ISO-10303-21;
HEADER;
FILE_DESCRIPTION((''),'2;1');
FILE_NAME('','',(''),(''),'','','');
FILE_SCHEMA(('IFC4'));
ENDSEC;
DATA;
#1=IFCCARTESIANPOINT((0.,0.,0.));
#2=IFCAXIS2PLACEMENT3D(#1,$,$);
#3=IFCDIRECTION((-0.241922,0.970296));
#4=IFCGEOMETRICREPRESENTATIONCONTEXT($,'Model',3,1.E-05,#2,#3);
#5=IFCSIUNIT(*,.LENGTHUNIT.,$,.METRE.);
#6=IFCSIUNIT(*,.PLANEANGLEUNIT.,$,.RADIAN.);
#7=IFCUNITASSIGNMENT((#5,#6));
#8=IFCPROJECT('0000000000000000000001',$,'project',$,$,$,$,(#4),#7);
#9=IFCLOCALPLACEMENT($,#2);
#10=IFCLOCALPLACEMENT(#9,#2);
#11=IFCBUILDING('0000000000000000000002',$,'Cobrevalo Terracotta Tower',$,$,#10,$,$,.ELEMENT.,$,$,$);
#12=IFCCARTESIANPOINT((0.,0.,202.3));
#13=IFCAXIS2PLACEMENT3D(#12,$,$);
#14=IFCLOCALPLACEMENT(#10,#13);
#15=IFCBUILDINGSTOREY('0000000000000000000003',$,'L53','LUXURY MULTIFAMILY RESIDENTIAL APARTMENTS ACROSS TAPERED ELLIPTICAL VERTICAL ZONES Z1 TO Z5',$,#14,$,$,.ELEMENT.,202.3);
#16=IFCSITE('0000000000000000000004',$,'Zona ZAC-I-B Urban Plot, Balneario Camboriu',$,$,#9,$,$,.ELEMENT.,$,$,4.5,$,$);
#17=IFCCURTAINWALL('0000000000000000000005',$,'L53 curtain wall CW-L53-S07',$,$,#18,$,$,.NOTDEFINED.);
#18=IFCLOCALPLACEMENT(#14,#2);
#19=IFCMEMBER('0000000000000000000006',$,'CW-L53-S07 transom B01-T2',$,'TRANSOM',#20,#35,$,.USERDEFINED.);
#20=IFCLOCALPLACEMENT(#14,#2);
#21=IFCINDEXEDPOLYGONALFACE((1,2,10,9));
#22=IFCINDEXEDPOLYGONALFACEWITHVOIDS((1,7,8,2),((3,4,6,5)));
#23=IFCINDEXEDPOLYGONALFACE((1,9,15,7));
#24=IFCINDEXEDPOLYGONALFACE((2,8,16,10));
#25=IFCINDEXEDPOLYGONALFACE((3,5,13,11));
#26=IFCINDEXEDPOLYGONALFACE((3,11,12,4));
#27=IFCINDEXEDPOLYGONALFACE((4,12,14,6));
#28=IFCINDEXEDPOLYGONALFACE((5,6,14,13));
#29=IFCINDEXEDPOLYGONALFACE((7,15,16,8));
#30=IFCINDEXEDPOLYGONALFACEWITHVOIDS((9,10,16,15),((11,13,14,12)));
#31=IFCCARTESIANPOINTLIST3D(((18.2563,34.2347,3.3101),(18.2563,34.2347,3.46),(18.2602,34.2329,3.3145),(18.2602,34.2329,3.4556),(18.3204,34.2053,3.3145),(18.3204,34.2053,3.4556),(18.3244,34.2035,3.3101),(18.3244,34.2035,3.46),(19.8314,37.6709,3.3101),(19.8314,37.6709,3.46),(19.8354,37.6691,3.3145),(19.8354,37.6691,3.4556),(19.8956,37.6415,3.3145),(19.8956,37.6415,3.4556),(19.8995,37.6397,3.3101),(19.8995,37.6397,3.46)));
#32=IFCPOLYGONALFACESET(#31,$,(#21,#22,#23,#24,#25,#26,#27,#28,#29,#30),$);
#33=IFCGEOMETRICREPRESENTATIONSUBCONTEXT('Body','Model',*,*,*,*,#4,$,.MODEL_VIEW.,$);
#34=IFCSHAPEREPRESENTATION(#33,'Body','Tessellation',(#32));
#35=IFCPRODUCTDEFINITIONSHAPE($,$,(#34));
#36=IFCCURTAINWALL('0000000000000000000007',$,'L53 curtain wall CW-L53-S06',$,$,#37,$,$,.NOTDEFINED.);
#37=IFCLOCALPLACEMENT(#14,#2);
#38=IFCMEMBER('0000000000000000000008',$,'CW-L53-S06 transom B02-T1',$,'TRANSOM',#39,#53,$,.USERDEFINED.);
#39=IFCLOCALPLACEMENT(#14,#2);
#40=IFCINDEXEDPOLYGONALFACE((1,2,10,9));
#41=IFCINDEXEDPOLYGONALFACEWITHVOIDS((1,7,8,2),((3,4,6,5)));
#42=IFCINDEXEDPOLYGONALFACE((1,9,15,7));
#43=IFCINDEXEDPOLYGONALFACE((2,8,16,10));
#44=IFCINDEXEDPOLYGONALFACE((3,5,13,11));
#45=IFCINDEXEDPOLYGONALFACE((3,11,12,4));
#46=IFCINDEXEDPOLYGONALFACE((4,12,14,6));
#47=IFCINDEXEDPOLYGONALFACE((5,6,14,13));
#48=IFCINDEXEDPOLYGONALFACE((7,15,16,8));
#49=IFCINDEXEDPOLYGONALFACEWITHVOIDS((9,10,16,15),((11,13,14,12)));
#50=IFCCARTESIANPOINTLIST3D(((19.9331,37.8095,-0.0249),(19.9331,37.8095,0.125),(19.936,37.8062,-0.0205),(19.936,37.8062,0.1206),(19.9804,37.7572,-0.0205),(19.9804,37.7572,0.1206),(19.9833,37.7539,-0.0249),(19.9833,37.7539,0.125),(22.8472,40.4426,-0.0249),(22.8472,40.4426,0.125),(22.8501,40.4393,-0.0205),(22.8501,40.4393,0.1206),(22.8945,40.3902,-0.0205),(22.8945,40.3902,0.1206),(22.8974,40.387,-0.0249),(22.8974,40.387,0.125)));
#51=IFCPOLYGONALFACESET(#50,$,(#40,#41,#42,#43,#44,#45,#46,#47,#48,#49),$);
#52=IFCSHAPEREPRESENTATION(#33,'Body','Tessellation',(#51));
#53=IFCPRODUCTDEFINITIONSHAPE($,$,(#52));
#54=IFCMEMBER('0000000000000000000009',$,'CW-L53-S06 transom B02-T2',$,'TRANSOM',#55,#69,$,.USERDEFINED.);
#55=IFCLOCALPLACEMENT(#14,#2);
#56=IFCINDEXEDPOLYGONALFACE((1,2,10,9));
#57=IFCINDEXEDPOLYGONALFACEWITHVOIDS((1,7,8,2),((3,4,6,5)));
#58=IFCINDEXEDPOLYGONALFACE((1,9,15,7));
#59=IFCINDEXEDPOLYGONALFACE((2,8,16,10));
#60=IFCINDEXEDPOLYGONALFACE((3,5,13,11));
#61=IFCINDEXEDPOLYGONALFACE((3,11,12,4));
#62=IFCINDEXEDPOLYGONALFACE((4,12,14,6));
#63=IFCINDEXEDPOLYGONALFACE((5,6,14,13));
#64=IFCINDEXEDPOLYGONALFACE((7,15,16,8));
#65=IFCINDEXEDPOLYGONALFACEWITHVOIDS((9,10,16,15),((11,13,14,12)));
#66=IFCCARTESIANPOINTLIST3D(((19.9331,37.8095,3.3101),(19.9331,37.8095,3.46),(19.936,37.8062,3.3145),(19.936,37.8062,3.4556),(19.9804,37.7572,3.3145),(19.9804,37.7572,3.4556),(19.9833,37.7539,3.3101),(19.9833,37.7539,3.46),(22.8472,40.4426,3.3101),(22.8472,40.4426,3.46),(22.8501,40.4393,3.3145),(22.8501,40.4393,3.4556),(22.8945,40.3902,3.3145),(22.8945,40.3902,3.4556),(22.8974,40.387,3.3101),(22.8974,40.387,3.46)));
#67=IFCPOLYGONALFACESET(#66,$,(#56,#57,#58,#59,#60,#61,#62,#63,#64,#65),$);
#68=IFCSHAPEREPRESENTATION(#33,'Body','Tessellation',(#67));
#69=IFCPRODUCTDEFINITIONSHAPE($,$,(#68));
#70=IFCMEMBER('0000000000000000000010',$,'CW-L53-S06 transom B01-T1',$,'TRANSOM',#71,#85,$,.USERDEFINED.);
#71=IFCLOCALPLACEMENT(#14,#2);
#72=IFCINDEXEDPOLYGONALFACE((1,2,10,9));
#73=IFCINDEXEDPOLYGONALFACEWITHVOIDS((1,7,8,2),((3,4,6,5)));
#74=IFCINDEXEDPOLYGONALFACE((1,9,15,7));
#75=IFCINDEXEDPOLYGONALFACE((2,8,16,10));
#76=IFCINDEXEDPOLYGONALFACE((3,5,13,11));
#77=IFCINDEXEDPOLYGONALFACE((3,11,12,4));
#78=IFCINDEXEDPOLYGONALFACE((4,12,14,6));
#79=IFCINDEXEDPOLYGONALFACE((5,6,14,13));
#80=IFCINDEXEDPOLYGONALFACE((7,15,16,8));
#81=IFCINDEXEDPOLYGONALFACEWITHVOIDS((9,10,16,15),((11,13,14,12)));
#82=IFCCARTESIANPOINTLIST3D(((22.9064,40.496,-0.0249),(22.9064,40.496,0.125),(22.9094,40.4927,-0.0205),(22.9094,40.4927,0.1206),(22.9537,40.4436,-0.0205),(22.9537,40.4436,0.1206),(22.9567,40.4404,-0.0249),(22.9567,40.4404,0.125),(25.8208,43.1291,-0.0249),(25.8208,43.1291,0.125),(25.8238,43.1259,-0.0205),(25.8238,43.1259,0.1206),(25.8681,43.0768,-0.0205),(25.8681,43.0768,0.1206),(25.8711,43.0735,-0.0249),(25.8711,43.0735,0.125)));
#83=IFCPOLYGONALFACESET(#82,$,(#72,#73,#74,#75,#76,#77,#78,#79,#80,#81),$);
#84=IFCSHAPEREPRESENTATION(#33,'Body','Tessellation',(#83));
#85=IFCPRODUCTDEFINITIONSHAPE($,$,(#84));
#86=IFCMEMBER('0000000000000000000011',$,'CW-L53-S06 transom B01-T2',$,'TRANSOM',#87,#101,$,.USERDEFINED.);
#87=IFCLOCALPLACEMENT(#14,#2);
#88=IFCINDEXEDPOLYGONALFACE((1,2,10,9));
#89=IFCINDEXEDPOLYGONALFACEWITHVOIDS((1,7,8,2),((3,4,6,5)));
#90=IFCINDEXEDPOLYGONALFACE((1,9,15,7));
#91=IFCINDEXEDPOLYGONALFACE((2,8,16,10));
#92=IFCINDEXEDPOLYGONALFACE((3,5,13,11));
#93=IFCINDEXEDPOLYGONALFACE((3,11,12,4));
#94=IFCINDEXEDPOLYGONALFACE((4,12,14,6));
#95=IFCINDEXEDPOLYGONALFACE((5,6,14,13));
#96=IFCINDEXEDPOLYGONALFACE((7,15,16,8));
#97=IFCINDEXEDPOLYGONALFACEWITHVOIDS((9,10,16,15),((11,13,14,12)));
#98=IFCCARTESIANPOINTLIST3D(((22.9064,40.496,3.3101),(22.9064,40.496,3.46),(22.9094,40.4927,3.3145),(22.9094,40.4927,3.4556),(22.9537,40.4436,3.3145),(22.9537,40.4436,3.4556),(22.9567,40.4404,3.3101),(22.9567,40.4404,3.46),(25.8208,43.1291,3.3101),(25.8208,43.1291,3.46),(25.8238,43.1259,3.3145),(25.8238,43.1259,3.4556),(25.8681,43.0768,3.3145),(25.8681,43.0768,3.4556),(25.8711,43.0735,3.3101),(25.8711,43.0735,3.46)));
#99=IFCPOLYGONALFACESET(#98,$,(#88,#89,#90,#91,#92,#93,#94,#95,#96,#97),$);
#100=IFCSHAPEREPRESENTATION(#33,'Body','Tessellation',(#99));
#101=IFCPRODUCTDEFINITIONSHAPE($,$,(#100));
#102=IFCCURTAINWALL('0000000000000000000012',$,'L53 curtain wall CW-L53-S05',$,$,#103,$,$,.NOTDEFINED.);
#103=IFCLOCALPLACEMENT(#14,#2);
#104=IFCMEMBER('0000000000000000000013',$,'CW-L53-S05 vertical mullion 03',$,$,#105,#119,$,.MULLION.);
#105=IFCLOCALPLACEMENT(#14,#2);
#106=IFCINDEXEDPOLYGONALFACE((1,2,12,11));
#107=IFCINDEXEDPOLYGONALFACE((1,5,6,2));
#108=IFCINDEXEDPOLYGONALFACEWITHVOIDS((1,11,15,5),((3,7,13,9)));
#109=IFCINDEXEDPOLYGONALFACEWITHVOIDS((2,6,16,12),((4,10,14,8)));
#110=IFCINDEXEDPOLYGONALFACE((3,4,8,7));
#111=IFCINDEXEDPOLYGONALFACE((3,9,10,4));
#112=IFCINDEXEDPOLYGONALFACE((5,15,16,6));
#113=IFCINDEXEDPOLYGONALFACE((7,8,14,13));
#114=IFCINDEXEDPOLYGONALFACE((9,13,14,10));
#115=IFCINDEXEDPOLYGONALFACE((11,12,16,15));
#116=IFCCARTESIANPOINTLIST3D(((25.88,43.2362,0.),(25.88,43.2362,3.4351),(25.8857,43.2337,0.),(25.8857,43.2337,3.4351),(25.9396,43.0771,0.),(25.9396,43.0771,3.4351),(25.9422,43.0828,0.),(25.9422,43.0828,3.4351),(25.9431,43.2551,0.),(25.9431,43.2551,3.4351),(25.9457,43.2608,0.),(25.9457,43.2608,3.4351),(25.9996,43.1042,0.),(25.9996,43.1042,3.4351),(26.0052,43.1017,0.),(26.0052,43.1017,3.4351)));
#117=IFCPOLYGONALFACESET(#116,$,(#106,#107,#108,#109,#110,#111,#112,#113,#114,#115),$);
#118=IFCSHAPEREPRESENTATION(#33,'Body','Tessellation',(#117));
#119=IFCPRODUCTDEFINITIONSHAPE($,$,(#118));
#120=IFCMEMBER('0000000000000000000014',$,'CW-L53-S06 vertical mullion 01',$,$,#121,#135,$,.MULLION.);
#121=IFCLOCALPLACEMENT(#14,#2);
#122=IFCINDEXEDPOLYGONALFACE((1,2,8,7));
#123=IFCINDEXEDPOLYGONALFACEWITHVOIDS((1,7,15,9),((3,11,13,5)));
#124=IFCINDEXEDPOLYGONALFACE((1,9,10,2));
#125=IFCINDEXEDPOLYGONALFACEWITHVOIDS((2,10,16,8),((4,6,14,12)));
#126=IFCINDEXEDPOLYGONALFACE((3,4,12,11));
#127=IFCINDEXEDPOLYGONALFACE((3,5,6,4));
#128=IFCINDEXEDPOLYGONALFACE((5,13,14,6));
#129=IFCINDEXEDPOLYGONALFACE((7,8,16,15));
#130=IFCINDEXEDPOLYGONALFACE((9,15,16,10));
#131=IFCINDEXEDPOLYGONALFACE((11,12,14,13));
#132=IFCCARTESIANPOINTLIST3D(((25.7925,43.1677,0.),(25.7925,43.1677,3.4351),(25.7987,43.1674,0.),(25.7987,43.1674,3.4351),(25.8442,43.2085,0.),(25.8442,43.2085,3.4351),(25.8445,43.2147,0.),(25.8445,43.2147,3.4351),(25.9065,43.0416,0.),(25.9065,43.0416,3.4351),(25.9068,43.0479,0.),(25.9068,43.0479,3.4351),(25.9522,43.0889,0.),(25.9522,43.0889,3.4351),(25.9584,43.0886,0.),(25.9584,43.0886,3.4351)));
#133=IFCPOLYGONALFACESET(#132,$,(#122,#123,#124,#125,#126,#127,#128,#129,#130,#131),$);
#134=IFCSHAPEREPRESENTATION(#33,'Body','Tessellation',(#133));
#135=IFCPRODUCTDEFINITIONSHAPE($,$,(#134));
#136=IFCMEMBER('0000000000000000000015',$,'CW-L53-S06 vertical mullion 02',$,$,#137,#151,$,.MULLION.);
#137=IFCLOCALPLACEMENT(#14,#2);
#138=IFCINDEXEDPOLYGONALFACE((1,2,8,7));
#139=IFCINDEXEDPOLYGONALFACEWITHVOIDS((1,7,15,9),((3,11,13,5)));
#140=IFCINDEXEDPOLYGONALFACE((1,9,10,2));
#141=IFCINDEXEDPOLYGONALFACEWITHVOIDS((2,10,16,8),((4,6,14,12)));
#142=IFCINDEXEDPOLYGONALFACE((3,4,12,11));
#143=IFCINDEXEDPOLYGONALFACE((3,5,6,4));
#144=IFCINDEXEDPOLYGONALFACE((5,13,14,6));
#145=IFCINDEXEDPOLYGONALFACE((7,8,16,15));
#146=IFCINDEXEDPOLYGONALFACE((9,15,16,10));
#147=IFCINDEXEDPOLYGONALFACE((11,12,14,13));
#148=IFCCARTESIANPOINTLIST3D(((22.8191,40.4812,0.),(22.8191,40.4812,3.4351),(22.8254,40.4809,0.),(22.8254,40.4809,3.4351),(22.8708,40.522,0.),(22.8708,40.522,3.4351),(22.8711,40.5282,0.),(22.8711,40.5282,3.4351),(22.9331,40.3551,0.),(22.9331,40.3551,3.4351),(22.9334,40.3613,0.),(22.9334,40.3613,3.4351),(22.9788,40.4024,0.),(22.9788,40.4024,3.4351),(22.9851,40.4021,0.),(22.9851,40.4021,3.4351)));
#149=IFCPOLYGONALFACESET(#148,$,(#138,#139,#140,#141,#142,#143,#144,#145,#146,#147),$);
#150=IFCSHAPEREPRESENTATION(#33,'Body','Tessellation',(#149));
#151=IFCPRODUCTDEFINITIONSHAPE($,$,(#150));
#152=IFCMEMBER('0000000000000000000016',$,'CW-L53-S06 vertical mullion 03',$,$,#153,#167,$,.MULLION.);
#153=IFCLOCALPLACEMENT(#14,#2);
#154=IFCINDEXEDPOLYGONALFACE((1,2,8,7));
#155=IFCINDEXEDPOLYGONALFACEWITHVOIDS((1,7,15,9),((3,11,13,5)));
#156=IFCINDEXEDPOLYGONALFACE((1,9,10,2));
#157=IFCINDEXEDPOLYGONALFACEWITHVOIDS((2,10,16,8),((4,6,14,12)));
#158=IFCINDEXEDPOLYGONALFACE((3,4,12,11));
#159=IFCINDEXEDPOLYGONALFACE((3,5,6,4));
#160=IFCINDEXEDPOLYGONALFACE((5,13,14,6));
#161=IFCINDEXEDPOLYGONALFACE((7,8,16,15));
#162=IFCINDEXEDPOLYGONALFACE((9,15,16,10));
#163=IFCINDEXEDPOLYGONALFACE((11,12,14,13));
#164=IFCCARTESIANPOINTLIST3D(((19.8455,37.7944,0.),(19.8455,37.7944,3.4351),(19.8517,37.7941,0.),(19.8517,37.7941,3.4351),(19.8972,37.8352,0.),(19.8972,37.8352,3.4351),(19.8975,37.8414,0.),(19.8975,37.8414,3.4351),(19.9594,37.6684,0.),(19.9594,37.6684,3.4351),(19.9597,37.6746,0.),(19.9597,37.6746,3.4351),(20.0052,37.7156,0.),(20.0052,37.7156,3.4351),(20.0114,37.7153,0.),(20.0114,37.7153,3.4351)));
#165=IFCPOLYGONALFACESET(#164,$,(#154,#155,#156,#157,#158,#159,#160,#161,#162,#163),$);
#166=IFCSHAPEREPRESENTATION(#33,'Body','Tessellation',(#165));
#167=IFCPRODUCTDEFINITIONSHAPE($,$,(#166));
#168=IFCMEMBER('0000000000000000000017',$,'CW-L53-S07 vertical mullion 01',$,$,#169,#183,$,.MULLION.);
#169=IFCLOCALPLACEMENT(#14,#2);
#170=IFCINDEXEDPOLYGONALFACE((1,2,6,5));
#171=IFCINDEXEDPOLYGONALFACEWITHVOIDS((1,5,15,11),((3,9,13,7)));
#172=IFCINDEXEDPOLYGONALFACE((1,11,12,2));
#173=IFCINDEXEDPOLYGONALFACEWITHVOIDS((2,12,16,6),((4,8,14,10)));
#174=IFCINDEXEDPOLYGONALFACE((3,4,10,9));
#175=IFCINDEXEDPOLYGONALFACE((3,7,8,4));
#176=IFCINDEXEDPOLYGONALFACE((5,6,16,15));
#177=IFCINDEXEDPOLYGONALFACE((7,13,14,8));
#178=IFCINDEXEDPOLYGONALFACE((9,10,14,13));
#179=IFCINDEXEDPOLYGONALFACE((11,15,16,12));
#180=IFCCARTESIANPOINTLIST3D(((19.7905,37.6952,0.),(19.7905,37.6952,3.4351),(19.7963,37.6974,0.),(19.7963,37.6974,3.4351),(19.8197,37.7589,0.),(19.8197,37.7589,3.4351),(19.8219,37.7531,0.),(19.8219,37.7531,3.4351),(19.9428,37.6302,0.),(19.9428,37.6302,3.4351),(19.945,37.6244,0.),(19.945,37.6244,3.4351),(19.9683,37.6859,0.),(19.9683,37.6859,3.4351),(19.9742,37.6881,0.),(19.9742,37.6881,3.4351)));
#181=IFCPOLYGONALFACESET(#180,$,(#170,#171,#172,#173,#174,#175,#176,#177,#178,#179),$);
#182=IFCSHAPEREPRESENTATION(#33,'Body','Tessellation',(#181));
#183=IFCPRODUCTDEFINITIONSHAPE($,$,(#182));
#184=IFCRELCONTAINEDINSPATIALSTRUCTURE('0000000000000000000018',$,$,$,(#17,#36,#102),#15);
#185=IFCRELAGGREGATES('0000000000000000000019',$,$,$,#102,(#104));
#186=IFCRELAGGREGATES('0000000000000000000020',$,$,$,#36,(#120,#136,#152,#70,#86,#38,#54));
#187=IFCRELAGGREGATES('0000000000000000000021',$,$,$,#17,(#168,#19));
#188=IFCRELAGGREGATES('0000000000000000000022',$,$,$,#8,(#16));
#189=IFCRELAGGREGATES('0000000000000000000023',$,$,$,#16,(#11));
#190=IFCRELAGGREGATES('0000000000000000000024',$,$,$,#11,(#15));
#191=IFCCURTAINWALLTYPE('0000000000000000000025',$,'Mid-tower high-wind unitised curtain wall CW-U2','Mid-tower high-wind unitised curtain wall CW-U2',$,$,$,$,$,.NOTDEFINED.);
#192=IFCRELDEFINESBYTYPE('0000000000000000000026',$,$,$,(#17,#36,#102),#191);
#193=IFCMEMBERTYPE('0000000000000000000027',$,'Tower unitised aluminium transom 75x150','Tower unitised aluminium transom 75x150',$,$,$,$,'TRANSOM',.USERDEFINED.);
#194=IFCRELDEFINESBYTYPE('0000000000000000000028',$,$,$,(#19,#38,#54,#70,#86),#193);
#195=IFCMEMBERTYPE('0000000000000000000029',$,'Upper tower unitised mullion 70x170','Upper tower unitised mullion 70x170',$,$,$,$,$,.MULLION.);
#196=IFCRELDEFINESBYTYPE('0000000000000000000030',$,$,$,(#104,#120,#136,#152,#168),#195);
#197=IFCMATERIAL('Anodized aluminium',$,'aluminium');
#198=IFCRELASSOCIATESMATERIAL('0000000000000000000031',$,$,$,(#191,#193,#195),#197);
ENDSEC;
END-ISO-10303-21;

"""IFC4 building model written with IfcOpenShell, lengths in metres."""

from ifc_helpers import new_model, si_unit, direction, frame, origin, origin_2d, place, context, subcontext, project, spatial, hollow_rectangle, extrude, source, transform, mapped, material, material_profile, profile_set, type_object, element, aggregate, save


model = new_model("IFC4")

# Units and contexts
model_context = context("Model", 3, precision=1e-05, world=origin(), true_north=direction((-0.241922, 0.970296)))
body_context = subcontext(model_context, "Body", "Model", "MODEL_VIEW")
ifc_project = project(units=[si_unit("LENGTHUNIT", "METRE"), si_unit("PLANEANGLEUNIT", "RADIAN")], contexts=[model_context])

# Site, building, storey
site_placement = place(None, origin())
site = spatial("IfcSite", under=ifc_project, at=site_placement, Name="Zona ZAC-I-B Urban Plot, Balneario Camboriu", CompositionType="ELEMENT", RefElevation=4.5)
building_placement = place(site_placement, origin())
building = spatial("IfcBuilding", under=site, at=building_placement, Name="Cobrevalo Terracotta Tower", CompositionType="ELEMENT")
storey_placement = place(building_placement, frame((0.0, 0.0, 202.3)))
storey = spatial("IfcBuildingStorey", under=building, at=storey_placement, Name="L53", Description="LUXURY MULTIFAMILY RESIDENTIAL APARTMENTS ACROSS TAPERED ELLIPTICAL VERTICAL ZONES Z1 TO Z5", CompositionType="ELEMENT", Elevation=202.3)

# Curtain walls, members
ifc_material_1 = material(Name="Anodized aluminium", Category="aluminium")
curtain_wall_type = type_object("IfcCurtainWallType", Name="Mid-tower high-wind unitised curtain wall CW-U2", Description="Mid-tower high-wind unitised curtain wall CW-U2", PredefinedType="NOTDEFINED", material=ifc_material_1)
curtain_wall_1_placement = place(storey_placement, origin())
curtain_wall_1 = element("IfcCurtainWall", 1, at=curtain_wall_1_placement, inside=storey, type_object=curtain_wall_type, Name="L53 curtain wall CW-L53-S07", PredefinedType="NOTDEFINED")
ifc_material_profile_1 = material_profile(ifc_material_1, hollow_rectangle(XDim=0.075, YDim=0.1499, WallThickness=0.0044, at=origin_2d()), Name="CWT 75x150")
ifc_profile_set_1 = profile_set([ifc_material_profile_1], Name="Anodized aluminium")
member_type_1 = type_object("IfcMemberType", Name="Tower unitised aluminium transom 75x150", Description="Tower unitised aluminium transom 75x150", ElementType="TRANSOM", PredefinedType="USERDEFINED", material=ifc_profile_set_1)
shared_shape_1 = source(origin(), body_context, "Body", "SweptSolid", [
    extrude(hollow_rectangle(XDim=0.075, YDim=0.1499, WallThickness=0.0044, at=origin_2d()), origin(), (0.0, 0.0, 1.0), 3.78),
])
member_1_placement = place(storey_placement, frame((19.8655, 37.6553, 3.385), z_axis=(-0.416706, -0.909041, 0.0), x_axis=(0.909041, -0.416706, 0.0)))
member_1 = element("IfcMember", 2, at=member_1_placement, type_object=member_type_1, Name="CW-L53-S07 transom B01-T2", ObjectType="TRANSOM", PredefinedType="USERDEFINED", context=body_context, shape_type="MappedRepresentation", body=[
    mapped(shared_shape_1, transform((0.0, 0.0, 0.0), scale=1.0)),
])
curtain_wall_2_placement = place(storey_placement, origin())
curtain_wall_2 = element("IfcCurtainWall", 3, at=curtain_wall_2_placement, inside=storey, type_object=curtain_wall_type, Name="L53 curtain wall CW-L53-S06", PredefinedType="NOTDEFINED")
shared_shape_2 = source(origin(), body_context, "Body", "SweptSolid", [
    extrude(hollow_rectangle(XDim=0.075, YDim=0.1499, WallThickness=0.0044, at=origin_2d()), origin(), (0.0, 0.0, 1.0), 3.9275),
])
member_2_placement = place(storey_placement, frame((22.8723, 40.4148, 0.05), z_axis=(-0.741976, -0.670426, 0.0), x_axis=(0.670426, -0.741976, 0.0)))
member_2 = element("IfcMember", 4, at=member_2_placement, type_object=member_type_1, Name="CW-L53-S06 transom B02-T1", ObjectType="TRANSOM", PredefinedType="USERDEFINED", context=body_context, shape_type="MappedRepresentation", body=[
    mapped(shared_shape_2, transform((0.0, 0.0, 0.0), scale=1.0)),
])
member_3_placement = place(storey_placement, frame((22.8723, 40.4148, 3.385), z_axis=(-0.741976, -0.670426, 0.0), x_axis=(0.670426, -0.741976, 0.0)))
member_3 = element("IfcMember", 5, at=member_3_placement, type_object=member_type_1, Name="CW-L53-S06 transom B02-T2", ObjectType="TRANSOM", PredefinedType="USERDEFINED", context=body_context, shape_type="MappedRepresentation", body=[
    mapped(shared_shape_2, transform((0.0, 0.0, 0.0), scale=1.0)),
])
shared_shape_3 = source(origin(), body_context, "Body", "SweptSolid", [
    extrude(hollow_rectangle(XDim=0.075, YDim=0.1499, WallThickness=0.0044, at=origin_2d()), origin(), (0.0, 0.0, 1.0), 3.9277),
])
member_4_placement = place(storey_placement, frame((25.8459, 43.1013, 0.05), z_axis=(-0.742004, -0.670396, 0.0), x_axis=(0.670396, -0.742004, 0.0)))
member_4 = element("IfcMember", 6, at=member_4_placement, type_object=member_type_1, Name="CW-L53-S06 transom B01-T1", ObjectType="TRANSOM", PredefinedType="USERDEFINED", context=body_context, shape_type="MappedRepresentation", body=[
    mapped(shared_shape_3, transform((0.0, 0.0, 0.0), scale=1.0)),
])
member_5_placement = place(storey_placement, frame((25.8459, 43.1013, 3.385), z_axis=(-0.742004, -0.670396, 0.0), x_axis=(0.670396, -0.742004, 0.0)))
member_5 = element("IfcMember", 7, at=member_5_placement, type_object=member_type_1, Name="CW-L53-S06 transom B01-T2", ObjectType="TRANSOM", PredefinedType="USERDEFINED", context=body_context, shape_type="MappedRepresentation", body=[
    mapped(shared_shape_3, transform((0.0, 0.0, 0.0), scale=1.0)),
])

# Curtain wall, member
curtain_wall_3_placement = place(storey_placement, origin())
curtain_wall_3 = element("IfcCurtainWall", 8, at=curtain_wall_3_placement, inside=storey, type_object=curtain_wall_type, Name="L53 curtain wall CW-L53-S05", PredefinedType="NOTDEFINED")
ifc_material_profile_2 = material_profile(ifc_material_1, hollow_rectangle(XDim=0.0701, YDim=0.1699, WallThickness=0.0044, at=origin_2d()), Name="CWM 70x170")
ifc_profile_set_2 = profile_set([ifc_material_profile_2], Name="Anodized aluminium")
member_type_2 = type_object("IfcMemberType", Name="Upper tower unitised mullion 70x170", Description="Upper tower unitised mullion 70x170", PredefinedType="MULLION", material=ifc_profile_set_2)
shared_shape_4 = source(origin(), body_context, "Body", "SweptSolid", [
    extrude(hollow_rectangle(XDim=0.0701, YDim=0.1699, WallThickness=0.0044, at=origin_2d()), origin(), (0.0, 0.0, 1.0), 3.4351),
])
member_6_placement = place(storey_placement, frame((25.9426, 43.1689, 0.0), z_axis=(0.0, 0.0, 1.0), x_axis=(-0.936556, -0.350518, 0.0)))
member_6 = element("IfcMember", 9, at=member_6_placement, type_object=member_type_2, Name="CW-L53-S05 vertical mullion 03", PredefinedType="MULLION", context=body_context, shape_type="MappedRepresentation", body=[
    mapped(shared_shape_4, transform((0.0, 0.0, 0.0), scale=1.0)),
])
aggregate(curtain_wall_3, [member_6])

# Members
member_7_placement = place(storey_placement, frame((25.8755, 43.1282, 0.0), z_axis=(0.0, 0.0, 1.0), x_axis=(-0.741988, -0.670414, 0.0)))
member_7 = element("IfcMember", 10, at=member_7_placement, type_object=member_type_2, Name="CW-L53-S06 vertical mullion 01", PredefinedType="MULLION", context=body_context, shape_type="MappedRepresentation", body=[
    mapped(shared_shape_4, transform((0.0, 0.0, 0.0), scale=1.0)),
])
member_8_placement = place(storey_placement, frame((22.9021, 40.4417, 0.0), z_axis=(0.0, 0.0, 1.0), x_axis=(-0.741988, -0.670414, 0.0)))
member_8 = element("IfcMember", 11, at=member_8_placement, type_object=member_type_2, Name="CW-L53-S06 vertical mullion 02", PredefinedType="MULLION", context=body_context, shape_type="MappedRepresentation", body=[
    mapped(shared_shape_4, transform((0.0, 0.0, 0.0), scale=1.0)),
])
member_9_placement = place(storey_placement, frame((19.9285, 37.7549, 0.0), z_axis=(0.0, 0.0, 1.0), x_axis=(-0.741988, -0.670414, 0.0)))
member_9 = element("IfcMember", 12, at=member_9_placement, type_object=member_type_2, Name="CW-L53-S06 vertical mullion 03", PredefinedType="MULLION", context=body_context, shape_type="MappedRepresentation", body=[
    mapped(shared_shape_4, transform((0.0, 0.0, 0.0), scale=1.0)),
])
member_10_placement = place(storey_placement, frame((19.8823, 37.6917, 0.0), z_axis=(0.0, 0.0, 1.0), x_axis=(-0.416725, -0.909033, 0.0)))
member_10 = element("IfcMember", 13, at=member_10_placement, type_object=member_type_2, Name="CW-L53-S07 vertical mullion 01", PredefinedType="MULLION", context=body_context, shape_type="MappedRepresentation", body=[
    mapped(shared_shape_4, transform((0.0, 0.0, 0.0), scale=1.0)),
])

aggregate(curtain_wall_2, [member_7, member_8, member_9, member_4, member_5, member_2, member_3])
aggregate(curtain_wall_1, [member_10, member_1])

save(model, "model.ifc")
